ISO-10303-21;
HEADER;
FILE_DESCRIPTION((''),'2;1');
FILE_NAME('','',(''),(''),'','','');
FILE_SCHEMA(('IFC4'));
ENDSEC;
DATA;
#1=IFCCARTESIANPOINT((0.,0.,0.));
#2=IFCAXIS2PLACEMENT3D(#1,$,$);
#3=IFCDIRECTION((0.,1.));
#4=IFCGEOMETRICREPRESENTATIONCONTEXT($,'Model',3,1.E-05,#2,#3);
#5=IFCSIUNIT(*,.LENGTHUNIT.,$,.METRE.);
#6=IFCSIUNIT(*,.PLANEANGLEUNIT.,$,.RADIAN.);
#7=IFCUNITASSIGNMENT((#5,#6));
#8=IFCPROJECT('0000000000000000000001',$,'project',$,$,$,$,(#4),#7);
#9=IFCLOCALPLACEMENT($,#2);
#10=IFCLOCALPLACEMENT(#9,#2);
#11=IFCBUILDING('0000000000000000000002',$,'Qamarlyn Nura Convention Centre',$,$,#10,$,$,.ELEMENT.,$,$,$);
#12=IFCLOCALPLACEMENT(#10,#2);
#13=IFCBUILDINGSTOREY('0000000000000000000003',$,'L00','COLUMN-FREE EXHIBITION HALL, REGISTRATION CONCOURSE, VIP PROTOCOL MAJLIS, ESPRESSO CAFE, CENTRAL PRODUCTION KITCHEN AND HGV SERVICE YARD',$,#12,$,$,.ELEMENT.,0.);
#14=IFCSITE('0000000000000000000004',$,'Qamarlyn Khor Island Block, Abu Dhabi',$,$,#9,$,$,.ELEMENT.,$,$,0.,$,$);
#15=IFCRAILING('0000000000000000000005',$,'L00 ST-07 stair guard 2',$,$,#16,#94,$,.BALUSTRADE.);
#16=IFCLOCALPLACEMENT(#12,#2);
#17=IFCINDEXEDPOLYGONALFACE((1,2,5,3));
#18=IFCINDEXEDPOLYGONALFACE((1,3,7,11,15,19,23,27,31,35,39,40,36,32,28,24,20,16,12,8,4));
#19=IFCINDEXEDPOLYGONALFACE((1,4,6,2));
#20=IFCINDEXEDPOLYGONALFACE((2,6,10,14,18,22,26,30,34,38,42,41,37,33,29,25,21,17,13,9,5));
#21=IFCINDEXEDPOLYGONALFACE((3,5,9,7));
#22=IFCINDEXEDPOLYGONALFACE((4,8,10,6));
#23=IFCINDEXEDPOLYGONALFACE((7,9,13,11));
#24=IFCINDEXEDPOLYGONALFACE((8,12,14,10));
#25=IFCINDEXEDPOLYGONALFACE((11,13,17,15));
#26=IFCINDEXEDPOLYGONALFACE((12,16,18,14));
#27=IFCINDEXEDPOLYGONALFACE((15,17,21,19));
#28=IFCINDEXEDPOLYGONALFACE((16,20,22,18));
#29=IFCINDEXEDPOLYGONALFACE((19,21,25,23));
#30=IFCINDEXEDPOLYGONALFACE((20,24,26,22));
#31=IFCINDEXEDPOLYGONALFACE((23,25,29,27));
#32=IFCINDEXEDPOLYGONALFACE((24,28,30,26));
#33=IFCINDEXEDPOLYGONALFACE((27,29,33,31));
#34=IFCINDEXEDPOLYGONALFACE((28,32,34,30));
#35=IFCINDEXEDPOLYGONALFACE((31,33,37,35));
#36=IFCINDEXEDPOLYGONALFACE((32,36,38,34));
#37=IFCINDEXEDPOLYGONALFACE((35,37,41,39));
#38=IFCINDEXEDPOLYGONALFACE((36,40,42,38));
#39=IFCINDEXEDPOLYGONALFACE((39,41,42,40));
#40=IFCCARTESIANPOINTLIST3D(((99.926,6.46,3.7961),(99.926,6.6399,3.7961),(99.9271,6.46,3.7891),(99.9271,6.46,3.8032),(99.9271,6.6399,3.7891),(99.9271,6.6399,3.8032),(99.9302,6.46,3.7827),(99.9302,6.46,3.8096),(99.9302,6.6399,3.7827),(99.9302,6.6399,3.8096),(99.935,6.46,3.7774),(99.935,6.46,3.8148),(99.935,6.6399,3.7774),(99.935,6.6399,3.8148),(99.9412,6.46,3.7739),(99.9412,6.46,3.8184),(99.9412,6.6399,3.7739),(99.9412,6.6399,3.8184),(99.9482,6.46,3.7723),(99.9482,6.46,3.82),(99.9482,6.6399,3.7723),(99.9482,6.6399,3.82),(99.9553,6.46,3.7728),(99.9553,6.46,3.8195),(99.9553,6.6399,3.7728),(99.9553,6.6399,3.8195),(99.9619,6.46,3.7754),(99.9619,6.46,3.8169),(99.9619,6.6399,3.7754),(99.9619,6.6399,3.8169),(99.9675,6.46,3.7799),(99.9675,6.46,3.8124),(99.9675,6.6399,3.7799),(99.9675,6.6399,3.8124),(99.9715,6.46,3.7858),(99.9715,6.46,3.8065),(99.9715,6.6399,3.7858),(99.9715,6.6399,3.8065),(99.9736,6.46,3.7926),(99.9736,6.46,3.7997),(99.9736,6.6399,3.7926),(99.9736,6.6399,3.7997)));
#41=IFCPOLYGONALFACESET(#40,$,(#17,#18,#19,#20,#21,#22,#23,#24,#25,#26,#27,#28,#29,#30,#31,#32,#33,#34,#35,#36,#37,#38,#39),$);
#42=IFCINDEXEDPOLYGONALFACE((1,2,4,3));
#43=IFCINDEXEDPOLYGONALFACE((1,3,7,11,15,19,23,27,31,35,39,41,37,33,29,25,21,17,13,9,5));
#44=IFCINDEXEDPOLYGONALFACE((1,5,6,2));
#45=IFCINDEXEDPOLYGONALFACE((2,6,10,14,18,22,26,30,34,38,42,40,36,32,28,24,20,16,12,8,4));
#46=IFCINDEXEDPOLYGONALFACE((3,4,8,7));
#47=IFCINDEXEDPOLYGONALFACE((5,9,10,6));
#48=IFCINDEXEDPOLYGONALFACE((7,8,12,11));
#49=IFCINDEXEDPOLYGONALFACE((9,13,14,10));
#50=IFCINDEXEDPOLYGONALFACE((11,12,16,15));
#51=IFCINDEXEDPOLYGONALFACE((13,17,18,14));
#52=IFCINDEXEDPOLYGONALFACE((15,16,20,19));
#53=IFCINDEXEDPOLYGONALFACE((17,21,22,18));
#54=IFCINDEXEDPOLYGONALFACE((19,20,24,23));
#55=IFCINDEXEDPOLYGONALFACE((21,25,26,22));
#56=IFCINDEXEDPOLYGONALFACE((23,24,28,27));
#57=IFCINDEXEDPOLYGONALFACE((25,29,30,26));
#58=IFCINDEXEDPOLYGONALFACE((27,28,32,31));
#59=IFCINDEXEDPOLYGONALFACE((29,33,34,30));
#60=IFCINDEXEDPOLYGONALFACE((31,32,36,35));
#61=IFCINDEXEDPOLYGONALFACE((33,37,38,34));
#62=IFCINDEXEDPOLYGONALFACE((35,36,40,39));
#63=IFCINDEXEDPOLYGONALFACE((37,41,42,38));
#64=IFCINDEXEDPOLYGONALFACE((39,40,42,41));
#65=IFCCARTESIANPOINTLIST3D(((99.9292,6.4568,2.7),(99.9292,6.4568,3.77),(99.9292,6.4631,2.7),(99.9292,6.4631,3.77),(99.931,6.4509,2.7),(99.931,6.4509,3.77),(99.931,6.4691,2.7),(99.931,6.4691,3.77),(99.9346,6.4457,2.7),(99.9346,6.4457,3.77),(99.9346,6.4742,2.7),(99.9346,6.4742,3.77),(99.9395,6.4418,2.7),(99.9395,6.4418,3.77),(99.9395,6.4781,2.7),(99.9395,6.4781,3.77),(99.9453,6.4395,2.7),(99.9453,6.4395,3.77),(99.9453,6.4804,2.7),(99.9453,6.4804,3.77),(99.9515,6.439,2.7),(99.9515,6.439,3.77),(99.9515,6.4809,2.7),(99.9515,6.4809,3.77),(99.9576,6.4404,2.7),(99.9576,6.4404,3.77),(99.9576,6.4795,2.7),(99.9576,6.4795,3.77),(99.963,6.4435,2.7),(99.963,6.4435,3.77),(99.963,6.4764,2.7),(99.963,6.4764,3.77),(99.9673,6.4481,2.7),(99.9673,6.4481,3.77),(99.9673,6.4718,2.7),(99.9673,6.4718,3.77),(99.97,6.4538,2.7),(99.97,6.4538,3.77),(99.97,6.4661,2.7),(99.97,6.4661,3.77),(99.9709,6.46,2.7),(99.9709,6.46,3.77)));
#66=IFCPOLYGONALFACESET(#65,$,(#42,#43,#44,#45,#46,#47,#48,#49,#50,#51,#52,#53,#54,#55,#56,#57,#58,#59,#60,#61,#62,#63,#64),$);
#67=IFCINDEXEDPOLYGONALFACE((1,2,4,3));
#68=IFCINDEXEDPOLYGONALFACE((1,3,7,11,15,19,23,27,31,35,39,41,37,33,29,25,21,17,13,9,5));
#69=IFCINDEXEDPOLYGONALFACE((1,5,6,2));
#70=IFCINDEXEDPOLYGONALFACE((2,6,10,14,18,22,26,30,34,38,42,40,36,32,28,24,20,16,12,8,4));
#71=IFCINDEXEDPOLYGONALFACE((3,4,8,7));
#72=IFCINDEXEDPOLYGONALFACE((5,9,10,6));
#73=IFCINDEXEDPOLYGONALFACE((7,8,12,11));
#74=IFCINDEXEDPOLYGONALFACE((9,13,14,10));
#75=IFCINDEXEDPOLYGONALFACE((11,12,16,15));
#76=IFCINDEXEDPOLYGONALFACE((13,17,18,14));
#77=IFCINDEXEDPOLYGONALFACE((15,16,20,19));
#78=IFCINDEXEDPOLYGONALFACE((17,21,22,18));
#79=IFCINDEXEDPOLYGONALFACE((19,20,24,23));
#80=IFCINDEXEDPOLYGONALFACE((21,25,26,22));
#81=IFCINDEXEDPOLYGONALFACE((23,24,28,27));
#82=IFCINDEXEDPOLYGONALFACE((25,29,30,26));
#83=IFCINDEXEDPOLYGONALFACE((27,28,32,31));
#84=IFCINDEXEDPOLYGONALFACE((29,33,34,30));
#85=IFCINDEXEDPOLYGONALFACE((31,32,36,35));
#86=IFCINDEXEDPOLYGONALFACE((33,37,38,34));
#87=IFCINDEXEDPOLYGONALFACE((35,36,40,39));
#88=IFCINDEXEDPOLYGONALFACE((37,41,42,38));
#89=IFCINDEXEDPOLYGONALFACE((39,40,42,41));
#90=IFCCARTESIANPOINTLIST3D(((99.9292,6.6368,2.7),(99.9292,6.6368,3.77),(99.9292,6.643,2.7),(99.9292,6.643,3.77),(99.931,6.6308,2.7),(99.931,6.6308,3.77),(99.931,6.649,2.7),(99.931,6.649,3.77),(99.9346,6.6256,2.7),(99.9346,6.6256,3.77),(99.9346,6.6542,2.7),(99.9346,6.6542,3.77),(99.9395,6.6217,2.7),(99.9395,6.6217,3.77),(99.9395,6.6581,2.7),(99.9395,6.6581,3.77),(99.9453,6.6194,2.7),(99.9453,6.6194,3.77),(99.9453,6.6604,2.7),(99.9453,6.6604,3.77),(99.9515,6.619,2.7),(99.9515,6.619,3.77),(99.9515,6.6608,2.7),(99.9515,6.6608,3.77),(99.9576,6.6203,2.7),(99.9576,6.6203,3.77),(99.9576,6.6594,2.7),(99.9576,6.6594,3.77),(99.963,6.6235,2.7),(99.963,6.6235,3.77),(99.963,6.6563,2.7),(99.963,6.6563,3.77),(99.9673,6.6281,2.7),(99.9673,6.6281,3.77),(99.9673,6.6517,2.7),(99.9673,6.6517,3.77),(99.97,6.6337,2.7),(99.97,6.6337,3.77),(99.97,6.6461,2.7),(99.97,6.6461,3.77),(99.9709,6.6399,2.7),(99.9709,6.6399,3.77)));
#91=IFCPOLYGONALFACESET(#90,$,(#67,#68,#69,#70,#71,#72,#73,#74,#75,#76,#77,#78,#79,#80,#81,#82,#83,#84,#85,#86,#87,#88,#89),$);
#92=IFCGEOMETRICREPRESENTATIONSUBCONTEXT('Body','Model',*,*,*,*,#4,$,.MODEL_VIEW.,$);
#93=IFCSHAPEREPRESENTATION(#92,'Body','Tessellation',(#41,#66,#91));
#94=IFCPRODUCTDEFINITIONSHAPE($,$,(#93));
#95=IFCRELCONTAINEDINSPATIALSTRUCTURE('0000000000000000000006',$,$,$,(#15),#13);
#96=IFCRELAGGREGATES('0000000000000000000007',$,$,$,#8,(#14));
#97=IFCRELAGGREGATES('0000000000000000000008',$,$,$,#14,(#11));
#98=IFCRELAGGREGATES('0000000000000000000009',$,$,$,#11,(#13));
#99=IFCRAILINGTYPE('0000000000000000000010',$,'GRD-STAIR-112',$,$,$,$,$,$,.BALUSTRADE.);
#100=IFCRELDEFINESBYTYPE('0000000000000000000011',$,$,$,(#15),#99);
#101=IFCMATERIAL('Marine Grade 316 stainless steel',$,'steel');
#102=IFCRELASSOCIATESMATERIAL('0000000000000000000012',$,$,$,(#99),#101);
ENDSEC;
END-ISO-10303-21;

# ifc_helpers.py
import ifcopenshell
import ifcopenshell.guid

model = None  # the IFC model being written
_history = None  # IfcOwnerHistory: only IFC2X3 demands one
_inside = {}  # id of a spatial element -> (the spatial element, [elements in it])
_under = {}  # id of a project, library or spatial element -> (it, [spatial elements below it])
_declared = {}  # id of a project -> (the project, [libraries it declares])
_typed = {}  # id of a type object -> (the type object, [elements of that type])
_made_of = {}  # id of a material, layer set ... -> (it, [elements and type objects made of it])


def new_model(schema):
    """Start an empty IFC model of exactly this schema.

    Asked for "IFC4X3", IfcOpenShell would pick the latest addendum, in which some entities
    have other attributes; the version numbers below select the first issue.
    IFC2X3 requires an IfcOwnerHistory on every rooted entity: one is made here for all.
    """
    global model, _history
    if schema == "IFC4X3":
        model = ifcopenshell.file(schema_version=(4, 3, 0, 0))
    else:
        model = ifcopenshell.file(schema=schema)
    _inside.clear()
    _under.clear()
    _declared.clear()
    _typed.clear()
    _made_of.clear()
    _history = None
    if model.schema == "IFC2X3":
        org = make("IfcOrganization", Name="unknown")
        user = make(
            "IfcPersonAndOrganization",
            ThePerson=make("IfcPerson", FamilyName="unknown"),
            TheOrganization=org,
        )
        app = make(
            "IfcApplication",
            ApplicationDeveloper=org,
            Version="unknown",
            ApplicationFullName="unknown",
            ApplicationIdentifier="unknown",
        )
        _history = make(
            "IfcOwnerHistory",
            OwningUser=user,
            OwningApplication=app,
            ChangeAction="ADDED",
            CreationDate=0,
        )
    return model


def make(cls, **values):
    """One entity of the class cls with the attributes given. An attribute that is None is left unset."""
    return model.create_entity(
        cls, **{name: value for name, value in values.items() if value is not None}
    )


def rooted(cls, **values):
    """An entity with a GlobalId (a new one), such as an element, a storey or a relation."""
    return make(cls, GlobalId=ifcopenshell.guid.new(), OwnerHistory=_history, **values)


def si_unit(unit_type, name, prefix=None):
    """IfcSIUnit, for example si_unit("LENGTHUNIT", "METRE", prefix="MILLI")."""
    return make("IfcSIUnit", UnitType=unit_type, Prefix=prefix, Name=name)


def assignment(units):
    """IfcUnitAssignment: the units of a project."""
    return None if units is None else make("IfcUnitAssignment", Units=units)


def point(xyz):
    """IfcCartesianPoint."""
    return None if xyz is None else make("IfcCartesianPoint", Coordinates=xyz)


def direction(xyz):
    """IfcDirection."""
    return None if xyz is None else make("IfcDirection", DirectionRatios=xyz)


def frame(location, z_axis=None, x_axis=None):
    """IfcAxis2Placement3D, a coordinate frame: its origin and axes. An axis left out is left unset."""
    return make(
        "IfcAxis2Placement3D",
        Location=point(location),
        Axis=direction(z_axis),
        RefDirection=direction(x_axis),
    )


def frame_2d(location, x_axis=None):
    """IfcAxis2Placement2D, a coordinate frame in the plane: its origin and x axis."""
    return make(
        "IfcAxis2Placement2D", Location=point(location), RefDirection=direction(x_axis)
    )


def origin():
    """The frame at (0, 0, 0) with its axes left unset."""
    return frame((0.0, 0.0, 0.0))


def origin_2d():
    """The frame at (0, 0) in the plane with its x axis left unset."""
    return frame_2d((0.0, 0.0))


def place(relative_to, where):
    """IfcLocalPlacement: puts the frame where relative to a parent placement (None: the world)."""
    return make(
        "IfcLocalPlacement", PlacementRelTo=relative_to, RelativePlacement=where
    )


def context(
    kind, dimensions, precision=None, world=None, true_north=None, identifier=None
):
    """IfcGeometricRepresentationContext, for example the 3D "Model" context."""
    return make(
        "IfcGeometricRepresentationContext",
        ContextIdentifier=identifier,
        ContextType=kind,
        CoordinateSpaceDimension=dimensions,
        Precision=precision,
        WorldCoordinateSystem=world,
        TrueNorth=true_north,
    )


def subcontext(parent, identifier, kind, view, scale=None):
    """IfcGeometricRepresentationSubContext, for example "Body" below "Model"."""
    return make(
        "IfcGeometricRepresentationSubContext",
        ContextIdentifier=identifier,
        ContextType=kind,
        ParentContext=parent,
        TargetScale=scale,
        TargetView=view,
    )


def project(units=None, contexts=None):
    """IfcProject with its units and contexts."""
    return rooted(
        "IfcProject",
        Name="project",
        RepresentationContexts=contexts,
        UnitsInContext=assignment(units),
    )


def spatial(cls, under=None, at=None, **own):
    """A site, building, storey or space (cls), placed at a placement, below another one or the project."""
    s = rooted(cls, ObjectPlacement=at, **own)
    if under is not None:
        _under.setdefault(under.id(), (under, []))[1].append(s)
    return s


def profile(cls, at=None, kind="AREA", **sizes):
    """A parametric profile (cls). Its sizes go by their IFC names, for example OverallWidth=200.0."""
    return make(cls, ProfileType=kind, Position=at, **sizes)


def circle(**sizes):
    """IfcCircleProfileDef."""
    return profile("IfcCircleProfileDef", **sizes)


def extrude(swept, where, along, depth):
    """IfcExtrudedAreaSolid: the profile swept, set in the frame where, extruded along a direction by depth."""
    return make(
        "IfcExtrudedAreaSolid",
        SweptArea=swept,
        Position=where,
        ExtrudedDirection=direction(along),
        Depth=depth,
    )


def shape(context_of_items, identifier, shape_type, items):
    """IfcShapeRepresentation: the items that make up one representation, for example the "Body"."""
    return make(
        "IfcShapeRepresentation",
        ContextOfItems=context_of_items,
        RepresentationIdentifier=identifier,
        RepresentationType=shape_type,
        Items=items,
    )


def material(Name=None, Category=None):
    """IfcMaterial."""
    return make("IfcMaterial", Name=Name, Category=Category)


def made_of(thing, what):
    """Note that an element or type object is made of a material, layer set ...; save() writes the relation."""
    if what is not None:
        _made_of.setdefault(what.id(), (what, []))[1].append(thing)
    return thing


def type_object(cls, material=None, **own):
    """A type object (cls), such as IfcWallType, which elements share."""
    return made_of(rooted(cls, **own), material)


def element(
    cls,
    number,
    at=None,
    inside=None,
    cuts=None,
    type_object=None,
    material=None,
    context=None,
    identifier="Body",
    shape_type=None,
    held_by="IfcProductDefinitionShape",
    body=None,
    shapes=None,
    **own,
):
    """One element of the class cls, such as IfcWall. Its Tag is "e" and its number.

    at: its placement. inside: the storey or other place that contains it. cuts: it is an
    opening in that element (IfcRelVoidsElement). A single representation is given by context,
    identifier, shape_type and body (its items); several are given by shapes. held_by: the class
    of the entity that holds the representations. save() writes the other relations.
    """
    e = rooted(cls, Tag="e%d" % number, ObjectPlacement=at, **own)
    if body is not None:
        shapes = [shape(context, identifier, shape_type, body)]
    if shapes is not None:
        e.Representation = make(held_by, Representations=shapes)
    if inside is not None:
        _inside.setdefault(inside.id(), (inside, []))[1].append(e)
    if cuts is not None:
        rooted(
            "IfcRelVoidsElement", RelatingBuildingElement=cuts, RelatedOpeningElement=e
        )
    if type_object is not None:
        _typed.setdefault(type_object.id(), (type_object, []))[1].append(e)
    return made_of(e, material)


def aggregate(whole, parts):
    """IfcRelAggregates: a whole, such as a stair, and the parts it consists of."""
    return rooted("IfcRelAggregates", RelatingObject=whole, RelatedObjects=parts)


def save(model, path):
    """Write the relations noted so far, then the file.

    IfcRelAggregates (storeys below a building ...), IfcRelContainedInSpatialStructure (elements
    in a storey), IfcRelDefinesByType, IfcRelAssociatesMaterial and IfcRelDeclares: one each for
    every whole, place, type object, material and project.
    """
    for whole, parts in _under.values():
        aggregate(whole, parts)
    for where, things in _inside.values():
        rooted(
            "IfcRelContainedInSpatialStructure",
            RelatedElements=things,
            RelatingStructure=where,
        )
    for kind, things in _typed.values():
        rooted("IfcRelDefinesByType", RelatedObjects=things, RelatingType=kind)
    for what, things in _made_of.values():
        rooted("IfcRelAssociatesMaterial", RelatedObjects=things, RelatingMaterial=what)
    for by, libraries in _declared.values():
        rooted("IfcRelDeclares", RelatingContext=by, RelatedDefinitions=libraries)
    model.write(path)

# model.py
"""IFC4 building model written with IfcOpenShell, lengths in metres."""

from ifc_helpers import new_model, si_unit, direction, frame, origin, origin_2d, place, context, subcontext, project, spatial, circle, extrude, material, type_object, element, save


model = new_model("IFC4")

# Units and contexts
model_context = context("Model", 3, precision=1e-05, world=origin(), true_north=direction((0.0, 1.0)))
body_context = subcontext(model_context, "Body", "Model", "MODEL_VIEW")
ifc_project = project(units=[si_unit("LENGTHUNIT", "METRE"), si_unit("PLANEANGLEUNIT", "RADIAN")], contexts=[model_context])

# Site, building, storey
site_placement = place(None, origin())
site = spatial("IfcSite", under=ifc_project, at=site_placement, Name="Qamarlyn Khor Island Block, Abu Dhabi", CompositionType="ELEMENT", RefElevation=0.0)
building_placement = place(site_placement, origin())
building = spatial("IfcBuilding", under=site, at=building_placement, Name="Qamarlyn Nura Convention Centre", CompositionType="ELEMENT")
storey_placement = place(building_placement, origin())
storey = spatial("IfcBuildingStorey", under=building, at=storey_placement, Name="L00", Description="COLUMN-FREE EXHIBITION HALL, REGISTRATION CONCOURSE, VIP PROTOCOL MAJLIS, ESPRESSO CAFE, CENTRAL PRODUCTION KITCHEN AND HGV SERVICE YARD", CompositionType="ELEMENT", Elevation=0.0)

# Railing
ifc_material_1 = material(Name="Marine Grade 316 stainless steel", Category="steel")
railing_type_1 = type_object("IfcRailingType", Name="GRD-STAIR-112", PredefinedType="BALUSTRADE", material=ifc_material_1)
railing_1_placement = place(storey_placement, frame((99.95, 6.46, 2.7)))
element("IfcRailing", 1, at=railing_1_placement, inside=storey, type_object=railing_type_1, Name="L00 ST-07 stair guard 2", PredefinedType="BALUSTRADE", context=body_context, shape_type="SweptSolid", body=[
    extrude(circle(Radius=0.0239, at=origin_2d()), frame((0.0, 0.0, 1.0962), z_axis=(0.0, 1.0, 0.0), x_axis=(-1.0, 0.0, 0.0)), (0.0, 0.0, 1.0), 0.1799),
    extrude(circle(Radius=0.021, at=origin_2d()), origin(), (0.0, 0.0, 1.0), 1.0701),
    extrude(circle(Radius=0.021, at=origin_2d()), frame((0.0, 0.1799, 0.0)), (0.0, 0.0, 1.0), 1.0701),
])

save(model, "model.ifc")
